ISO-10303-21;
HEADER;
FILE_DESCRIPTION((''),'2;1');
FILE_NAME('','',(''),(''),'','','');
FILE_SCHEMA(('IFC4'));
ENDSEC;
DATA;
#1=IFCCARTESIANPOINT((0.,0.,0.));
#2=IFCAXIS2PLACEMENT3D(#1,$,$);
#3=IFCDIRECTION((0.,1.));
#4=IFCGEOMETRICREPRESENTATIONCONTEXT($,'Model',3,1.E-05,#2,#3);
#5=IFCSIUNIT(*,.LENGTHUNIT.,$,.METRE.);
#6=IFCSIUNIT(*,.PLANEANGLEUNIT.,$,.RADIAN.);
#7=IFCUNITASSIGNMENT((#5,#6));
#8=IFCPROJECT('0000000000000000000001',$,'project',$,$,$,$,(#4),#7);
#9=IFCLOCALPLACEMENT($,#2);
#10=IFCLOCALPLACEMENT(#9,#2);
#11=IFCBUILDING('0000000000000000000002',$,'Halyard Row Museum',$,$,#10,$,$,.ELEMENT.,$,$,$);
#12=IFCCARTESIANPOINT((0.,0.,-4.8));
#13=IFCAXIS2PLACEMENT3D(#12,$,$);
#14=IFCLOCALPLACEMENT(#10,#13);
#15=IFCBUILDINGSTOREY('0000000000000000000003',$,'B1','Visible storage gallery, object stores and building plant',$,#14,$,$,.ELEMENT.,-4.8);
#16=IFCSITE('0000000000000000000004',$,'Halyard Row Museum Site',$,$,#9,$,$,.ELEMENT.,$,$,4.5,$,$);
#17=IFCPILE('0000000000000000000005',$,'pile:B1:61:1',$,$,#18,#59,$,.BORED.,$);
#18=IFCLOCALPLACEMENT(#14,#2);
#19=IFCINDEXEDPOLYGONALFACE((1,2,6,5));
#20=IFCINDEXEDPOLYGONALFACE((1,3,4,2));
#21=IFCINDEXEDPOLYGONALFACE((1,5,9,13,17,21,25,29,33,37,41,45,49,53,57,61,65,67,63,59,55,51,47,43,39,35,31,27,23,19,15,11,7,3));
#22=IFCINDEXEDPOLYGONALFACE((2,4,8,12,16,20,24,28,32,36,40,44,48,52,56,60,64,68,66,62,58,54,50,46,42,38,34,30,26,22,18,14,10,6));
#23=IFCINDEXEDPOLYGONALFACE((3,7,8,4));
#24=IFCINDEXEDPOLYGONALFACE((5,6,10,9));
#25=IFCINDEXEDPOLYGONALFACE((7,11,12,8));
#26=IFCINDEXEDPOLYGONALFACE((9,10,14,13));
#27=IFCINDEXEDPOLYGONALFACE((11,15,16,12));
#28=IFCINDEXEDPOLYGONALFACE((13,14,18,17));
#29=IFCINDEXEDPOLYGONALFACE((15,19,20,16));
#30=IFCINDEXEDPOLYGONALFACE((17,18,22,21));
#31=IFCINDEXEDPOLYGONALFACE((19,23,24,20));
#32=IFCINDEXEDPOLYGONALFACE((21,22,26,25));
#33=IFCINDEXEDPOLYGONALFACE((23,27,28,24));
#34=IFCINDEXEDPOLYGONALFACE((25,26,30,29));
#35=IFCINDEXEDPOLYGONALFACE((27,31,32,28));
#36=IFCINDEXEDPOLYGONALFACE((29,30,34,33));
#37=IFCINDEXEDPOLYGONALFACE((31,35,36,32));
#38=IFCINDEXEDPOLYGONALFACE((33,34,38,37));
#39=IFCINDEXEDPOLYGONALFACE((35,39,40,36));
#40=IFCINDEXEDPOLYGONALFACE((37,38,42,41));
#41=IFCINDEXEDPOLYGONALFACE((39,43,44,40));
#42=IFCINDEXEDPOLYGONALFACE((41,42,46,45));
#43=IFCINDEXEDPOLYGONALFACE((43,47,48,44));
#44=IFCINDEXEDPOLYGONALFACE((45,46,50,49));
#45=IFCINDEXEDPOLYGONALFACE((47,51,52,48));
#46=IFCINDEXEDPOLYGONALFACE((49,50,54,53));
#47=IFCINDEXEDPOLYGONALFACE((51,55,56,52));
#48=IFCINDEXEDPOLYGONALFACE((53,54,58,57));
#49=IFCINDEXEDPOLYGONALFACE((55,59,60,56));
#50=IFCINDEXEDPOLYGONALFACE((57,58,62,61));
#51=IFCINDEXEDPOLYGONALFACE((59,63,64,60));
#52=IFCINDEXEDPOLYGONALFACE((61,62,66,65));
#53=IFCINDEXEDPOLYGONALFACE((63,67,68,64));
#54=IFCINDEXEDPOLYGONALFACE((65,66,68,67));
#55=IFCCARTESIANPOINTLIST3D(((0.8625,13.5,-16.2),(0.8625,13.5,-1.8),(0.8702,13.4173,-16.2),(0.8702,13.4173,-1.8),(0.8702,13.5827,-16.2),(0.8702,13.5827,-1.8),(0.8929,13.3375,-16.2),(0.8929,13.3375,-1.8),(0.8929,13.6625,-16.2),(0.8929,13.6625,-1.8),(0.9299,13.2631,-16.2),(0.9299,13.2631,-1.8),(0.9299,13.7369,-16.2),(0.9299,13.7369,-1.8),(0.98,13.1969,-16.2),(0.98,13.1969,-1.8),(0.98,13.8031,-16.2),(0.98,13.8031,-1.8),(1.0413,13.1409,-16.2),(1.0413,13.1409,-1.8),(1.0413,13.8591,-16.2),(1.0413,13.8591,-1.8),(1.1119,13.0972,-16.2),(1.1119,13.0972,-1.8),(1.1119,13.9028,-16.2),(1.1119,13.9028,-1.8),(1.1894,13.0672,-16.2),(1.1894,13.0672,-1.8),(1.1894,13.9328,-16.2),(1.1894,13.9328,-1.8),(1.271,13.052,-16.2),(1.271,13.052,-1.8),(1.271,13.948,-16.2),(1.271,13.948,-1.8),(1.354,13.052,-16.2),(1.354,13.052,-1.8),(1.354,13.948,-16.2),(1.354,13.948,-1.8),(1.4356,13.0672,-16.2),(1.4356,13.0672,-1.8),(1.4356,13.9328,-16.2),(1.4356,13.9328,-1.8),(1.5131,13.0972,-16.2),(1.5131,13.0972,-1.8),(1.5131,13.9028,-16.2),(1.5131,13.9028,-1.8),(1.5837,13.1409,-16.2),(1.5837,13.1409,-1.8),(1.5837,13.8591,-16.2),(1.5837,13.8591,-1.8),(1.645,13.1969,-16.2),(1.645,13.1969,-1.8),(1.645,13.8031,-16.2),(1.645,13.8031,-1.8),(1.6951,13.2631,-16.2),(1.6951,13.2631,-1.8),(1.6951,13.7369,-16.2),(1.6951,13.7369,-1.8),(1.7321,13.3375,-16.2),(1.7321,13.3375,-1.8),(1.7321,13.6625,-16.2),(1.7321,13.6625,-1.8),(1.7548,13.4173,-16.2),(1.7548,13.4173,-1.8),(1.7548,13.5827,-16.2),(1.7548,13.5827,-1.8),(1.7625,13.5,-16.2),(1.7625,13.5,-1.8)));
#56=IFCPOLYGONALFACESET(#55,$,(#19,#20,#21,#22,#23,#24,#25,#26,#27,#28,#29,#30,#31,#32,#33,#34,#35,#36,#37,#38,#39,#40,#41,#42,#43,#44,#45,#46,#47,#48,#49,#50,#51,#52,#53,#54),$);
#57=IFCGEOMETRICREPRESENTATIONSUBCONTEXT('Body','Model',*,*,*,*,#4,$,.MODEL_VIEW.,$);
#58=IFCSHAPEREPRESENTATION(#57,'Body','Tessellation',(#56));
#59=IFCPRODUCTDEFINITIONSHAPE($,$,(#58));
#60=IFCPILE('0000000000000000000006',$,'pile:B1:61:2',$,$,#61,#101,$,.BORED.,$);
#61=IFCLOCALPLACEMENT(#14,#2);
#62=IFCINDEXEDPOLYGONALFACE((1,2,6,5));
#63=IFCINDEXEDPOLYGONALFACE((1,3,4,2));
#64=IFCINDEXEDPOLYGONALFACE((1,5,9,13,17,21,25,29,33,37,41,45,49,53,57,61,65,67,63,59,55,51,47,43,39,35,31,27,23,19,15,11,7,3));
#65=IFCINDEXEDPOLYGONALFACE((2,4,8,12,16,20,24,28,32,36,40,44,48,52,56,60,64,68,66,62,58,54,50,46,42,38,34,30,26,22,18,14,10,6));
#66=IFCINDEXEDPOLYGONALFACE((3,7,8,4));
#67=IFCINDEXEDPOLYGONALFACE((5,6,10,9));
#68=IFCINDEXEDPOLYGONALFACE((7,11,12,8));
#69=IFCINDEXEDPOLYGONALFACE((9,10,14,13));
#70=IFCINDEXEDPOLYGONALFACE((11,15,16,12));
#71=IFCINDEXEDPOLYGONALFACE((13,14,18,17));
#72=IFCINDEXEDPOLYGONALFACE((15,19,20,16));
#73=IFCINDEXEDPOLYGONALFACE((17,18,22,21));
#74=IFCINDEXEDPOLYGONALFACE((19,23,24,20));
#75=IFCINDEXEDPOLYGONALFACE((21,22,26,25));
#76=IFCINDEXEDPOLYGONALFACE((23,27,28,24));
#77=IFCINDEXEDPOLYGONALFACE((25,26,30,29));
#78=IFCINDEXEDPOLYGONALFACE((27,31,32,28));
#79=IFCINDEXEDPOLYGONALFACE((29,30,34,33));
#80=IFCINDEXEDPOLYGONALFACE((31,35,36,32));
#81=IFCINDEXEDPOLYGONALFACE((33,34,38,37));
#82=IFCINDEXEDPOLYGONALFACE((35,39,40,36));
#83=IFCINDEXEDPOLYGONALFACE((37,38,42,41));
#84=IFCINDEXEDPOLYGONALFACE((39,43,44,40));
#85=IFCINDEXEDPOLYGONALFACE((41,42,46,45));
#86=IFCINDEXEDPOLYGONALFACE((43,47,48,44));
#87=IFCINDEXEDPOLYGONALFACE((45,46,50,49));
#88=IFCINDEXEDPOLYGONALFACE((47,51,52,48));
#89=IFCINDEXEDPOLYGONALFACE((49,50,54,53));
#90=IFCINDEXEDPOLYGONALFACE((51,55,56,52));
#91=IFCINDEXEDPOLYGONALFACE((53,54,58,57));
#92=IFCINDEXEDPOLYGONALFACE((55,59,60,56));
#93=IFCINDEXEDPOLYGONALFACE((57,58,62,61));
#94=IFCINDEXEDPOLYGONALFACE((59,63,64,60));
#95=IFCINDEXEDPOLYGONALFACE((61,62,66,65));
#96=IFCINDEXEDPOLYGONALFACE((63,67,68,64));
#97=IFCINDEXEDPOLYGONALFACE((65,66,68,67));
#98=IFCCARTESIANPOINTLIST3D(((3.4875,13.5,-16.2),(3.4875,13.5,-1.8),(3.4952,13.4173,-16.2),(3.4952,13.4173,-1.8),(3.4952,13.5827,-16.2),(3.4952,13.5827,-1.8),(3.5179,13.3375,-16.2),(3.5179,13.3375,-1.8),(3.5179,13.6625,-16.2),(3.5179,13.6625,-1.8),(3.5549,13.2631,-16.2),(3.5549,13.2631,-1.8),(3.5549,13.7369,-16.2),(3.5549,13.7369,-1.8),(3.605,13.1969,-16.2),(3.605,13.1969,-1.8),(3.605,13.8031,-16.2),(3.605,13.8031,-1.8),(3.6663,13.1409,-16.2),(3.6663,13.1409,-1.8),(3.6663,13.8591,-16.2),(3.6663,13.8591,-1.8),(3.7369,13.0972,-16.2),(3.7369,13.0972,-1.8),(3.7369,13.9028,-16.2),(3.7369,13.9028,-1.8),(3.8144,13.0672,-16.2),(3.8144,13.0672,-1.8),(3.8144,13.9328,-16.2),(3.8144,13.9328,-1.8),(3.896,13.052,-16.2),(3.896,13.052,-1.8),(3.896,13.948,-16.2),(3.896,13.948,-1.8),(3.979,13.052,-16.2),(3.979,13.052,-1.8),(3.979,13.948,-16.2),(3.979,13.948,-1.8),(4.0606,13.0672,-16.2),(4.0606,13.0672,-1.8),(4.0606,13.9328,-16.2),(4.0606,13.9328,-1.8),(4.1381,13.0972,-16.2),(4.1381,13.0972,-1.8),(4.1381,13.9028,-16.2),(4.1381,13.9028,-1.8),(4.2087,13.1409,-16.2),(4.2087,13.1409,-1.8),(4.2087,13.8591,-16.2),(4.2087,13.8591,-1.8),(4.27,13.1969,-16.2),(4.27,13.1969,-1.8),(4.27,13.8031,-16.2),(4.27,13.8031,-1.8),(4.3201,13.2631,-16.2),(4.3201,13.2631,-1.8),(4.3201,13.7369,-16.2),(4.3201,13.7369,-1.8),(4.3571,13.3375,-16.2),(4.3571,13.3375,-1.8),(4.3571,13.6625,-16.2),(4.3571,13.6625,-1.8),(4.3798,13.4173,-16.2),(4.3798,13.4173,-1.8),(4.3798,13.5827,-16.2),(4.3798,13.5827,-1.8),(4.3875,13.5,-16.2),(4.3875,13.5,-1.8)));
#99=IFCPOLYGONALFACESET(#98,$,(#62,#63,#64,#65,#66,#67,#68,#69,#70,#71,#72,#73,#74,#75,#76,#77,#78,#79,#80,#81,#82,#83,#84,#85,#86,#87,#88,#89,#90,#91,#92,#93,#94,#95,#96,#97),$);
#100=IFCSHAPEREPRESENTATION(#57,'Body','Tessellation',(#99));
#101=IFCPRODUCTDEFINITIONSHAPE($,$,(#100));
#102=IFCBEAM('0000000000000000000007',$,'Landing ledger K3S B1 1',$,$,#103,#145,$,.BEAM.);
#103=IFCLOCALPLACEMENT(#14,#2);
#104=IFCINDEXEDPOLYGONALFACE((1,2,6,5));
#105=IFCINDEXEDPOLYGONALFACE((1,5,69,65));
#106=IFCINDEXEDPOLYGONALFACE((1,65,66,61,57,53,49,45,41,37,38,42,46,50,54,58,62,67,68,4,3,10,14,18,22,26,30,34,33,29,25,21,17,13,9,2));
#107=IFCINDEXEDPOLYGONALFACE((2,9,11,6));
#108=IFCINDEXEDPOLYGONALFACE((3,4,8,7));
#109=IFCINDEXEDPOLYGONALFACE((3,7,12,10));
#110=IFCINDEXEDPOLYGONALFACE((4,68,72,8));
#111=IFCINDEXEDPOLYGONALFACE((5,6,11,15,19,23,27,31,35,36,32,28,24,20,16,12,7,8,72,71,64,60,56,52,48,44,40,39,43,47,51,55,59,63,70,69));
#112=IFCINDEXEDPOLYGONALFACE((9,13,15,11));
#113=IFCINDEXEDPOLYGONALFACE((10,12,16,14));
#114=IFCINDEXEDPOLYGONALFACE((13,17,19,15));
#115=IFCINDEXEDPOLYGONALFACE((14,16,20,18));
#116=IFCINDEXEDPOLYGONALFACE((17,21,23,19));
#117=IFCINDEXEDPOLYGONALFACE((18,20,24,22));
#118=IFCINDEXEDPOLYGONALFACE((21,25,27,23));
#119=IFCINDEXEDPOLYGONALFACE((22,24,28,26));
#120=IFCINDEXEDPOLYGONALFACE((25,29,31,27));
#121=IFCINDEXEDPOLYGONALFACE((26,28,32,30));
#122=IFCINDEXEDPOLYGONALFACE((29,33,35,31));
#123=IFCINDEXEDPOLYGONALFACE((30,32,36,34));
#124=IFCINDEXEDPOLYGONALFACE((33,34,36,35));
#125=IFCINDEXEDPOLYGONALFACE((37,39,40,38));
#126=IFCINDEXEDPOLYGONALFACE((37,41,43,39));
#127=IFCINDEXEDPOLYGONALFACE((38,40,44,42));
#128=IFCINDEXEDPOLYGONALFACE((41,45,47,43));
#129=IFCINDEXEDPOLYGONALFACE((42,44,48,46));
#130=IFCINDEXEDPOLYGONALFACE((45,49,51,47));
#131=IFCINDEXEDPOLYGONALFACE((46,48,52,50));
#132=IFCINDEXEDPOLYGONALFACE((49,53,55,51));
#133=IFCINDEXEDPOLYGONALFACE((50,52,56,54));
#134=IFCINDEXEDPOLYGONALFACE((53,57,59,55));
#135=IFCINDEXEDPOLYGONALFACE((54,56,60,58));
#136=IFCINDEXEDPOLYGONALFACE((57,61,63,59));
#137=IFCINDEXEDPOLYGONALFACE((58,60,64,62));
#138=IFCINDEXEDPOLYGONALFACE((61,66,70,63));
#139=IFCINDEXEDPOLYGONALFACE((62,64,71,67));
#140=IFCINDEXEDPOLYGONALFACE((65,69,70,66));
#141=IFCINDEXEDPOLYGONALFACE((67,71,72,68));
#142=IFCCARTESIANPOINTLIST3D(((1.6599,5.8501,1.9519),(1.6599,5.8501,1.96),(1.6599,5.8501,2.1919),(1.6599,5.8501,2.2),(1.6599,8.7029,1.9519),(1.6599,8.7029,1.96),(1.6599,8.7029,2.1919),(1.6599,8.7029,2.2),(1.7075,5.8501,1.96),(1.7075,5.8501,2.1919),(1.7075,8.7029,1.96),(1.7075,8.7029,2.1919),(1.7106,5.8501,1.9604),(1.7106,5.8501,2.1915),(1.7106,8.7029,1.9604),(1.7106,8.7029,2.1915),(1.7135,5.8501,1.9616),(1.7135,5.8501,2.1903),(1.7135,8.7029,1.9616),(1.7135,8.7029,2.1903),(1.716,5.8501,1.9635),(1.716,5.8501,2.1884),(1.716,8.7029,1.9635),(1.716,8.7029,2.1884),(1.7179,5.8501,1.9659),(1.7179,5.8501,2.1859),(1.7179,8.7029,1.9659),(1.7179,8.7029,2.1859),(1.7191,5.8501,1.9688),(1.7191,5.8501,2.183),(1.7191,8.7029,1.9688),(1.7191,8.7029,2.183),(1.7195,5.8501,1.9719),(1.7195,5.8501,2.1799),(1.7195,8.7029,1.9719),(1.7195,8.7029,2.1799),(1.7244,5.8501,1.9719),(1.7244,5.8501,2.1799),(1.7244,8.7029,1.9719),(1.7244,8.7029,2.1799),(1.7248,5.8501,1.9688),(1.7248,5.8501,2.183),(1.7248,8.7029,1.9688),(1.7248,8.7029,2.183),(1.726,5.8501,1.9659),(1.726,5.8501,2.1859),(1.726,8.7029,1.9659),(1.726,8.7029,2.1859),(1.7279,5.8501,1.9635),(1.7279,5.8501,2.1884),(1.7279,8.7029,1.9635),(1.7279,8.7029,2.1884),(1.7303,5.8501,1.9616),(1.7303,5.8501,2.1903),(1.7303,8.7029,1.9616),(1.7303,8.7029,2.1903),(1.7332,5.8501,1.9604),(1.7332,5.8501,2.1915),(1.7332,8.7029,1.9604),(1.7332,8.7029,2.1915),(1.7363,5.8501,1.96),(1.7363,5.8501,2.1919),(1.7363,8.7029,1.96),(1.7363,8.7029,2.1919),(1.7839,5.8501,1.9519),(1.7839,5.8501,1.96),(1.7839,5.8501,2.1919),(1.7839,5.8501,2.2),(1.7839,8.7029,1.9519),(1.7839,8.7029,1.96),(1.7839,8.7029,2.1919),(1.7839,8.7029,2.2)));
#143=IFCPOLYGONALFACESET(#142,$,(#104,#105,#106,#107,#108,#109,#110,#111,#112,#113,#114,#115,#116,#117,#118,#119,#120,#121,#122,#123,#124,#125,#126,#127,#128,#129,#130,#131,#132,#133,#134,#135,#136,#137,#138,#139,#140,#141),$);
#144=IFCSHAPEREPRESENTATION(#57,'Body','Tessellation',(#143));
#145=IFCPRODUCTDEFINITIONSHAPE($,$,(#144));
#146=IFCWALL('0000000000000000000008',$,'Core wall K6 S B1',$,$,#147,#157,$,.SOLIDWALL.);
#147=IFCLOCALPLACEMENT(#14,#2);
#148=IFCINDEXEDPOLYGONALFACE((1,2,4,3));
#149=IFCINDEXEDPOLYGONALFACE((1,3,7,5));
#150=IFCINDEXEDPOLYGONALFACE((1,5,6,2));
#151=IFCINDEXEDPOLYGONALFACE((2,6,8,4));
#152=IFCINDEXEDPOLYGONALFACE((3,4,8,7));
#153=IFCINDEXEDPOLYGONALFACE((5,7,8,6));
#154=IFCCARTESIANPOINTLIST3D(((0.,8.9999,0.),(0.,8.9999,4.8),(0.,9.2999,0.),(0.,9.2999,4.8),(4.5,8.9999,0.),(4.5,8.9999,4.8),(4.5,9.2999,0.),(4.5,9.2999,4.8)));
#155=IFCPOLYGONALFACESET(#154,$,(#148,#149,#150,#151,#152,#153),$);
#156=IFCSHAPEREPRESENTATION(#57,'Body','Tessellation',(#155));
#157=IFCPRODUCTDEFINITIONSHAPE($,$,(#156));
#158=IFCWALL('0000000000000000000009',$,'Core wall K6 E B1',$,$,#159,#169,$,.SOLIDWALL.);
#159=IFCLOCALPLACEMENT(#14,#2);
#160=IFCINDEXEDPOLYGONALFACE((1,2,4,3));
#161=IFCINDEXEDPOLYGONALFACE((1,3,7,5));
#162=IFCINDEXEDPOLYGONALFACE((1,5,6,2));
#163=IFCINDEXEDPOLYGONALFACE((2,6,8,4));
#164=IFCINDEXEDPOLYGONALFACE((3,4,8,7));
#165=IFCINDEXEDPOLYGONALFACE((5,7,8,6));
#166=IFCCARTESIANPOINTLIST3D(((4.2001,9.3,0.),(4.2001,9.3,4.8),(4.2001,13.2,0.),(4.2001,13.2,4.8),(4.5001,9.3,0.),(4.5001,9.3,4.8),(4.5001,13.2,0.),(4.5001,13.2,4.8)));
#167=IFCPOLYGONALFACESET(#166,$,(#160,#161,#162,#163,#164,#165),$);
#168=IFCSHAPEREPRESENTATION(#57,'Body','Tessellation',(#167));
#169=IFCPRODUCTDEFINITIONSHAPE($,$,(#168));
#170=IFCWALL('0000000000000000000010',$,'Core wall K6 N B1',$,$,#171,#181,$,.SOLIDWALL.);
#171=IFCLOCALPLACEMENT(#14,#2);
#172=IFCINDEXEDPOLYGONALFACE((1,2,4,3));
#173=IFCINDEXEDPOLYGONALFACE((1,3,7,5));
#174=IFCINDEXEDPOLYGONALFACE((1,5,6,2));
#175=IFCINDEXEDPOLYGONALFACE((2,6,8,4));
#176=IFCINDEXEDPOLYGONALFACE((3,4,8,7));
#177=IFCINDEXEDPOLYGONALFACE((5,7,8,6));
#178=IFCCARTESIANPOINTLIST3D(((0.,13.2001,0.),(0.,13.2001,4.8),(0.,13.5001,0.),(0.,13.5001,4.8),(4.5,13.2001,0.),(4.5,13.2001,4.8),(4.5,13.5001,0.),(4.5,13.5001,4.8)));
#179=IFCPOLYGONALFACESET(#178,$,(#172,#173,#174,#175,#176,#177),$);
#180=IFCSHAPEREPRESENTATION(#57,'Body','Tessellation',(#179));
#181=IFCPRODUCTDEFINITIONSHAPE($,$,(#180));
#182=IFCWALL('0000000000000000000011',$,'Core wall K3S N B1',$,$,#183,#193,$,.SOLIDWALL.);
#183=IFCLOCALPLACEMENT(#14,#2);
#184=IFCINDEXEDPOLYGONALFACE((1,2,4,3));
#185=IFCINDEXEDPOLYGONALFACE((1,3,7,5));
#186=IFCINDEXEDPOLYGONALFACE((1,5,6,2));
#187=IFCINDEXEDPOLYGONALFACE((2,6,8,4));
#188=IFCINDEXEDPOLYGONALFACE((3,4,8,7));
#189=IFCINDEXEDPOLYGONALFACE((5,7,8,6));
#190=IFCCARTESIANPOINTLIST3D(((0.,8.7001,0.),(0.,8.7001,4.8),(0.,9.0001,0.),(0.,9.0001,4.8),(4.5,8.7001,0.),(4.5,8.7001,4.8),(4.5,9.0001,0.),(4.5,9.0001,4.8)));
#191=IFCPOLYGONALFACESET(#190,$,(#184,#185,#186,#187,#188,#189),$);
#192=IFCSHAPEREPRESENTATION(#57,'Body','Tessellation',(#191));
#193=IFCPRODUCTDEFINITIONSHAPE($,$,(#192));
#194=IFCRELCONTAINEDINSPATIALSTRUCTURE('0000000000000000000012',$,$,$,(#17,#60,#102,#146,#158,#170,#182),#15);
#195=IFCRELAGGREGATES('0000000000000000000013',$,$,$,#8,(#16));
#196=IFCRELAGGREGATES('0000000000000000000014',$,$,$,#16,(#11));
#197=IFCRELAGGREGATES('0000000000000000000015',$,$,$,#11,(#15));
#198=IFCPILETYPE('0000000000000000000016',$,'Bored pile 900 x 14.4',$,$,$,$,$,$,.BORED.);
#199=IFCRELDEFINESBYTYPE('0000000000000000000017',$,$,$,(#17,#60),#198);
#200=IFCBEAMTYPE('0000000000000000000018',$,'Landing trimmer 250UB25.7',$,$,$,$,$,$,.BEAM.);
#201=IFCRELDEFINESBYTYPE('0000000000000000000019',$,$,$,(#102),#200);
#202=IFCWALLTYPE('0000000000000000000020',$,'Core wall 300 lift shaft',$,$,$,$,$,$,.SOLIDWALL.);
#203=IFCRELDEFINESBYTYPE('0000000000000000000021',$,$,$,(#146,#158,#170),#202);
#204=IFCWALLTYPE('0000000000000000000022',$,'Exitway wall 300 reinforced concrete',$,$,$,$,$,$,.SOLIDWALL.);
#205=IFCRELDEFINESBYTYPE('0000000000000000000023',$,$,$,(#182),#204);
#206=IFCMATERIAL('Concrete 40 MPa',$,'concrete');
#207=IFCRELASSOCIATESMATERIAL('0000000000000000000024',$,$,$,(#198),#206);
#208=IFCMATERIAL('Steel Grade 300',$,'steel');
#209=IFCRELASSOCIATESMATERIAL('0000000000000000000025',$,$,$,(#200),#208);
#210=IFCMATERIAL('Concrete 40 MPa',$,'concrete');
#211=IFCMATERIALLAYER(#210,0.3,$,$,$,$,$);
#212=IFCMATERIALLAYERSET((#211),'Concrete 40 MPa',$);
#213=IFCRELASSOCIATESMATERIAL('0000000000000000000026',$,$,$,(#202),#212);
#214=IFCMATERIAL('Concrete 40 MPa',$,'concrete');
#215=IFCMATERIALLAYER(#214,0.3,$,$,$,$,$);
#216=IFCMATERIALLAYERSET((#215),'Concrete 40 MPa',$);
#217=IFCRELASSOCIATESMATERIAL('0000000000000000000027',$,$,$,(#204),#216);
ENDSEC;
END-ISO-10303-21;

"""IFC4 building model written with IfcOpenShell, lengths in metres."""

from ifc_helpers import new_model, si_unit, direction, frame, frame_2d, origin, origin_2d, place, context, subcontext, project, spatial, rectangle, circle, i_section, extrude, material, layer, layer_set, material_profile, profile_set, type_object, element, save


model = new_model("IFC4")

# Units and contexts
model_context = context("Model", 3, precision=1e-05, world=origin(), true_north=direction((0.0, 1.0)))
body_context = subcontext(model_context, "Body", "Model", "MODEL_VIEW")
ifc_project = project(units=[si_unit("LENGTHUNIT", "METRE"), si_unit("PLANEANGLEUNIT", "RADIAN")], contexts=[model_context])

# Site, building, storey
site_placement = place(None, origin())
site = spatial("IfcSite", under=ifc_project, at=site_placement, Name="Halyard Row Museum Site", CompositionType="ELEMENT", RefElevation=4.5)
building_placement = place(site_placement, origin())
building = spatial("IfcBuilding", under=site, at=building_placement, Name="Halyard Row Museum", CompositionType="ELEMENT")
storey_placement = place(building_placement, frame((0.0, 0.0, -4.8)))
storey = spatial("IfcBuildingStorey", under=building, at=storey_placement, Name="B1", Description="Visible storage gallery, object stores and building plant", CompositionType="ELEMENT", Elevation=-4.8)

# Piles
ifc_material_1 = material(Name="Concrete 40 MPa", Category="concrete")
ifc_material_profile_1 = material_profile(ifc_material_1, circle(Radius=0.45, at=origin_2d()), Name="Bored pile 900 x 14.4")
ifc_profile_set_1 = profile_set([ifc_material_profile_1], Name="Concrete 40 MPa")
pile_type = type_object("IfcPileType", Name="Bored pile 900 x 14.4", PredefinedType="BORED", material=ifc_profile_set_1)
for number, where, z_axis, x_axis, name in (
    (1, (1.3125, 13.5, -1.8), (0.0, 0.0, -1.0), (1.0, 0.0, 0.0), "pile:B1:61:1"),
    (2, (3.9375, 13.5, -1.8), (0.0, 0.0, -1.0), (1.0, 0.0, 0.0), "pile:B1:61:2"),
):
    element("IfcPile", number, at=place(storey_placement, frame(where, z_axis=z_axis, x_axis=x_axis)), inside=storey, type_object=pile_type, Name=name, PredefinedType="BORED", context=body_context, shape_type="SweptSolid", body=[
        extrude(circle(Radius=0.45, at=origin_2d()), origin(), (0.0, 0.0, 1.0), 14.3999),
    ])

# Beam
ifc_material_2 = material(Name="Steel Grade 300", Category="steel")
ifc_material_profile_2 = material_profile(ifc_material_2, i_section(OverallWidth=0.124, OverallDepth=0.248, WebThickness=0.0049, FlangeThickness=0.0081, FilletRadius=0.012, at=origin_2d()), Name="250UB25.7")
ifc_profile_set_2 = profile_set([ifc_material_profile_2], Name="Steel Grade 300")
beam_type = type_object("IfcBeamType", Name="Landing trimmer 250UB25.7", PredefinedType="BEAM", material=ifc_profile_set_2)
beam_placement = place(storey_placement, frame((1.7219, 8.7029, 2.0759), z_axis=(0.0, -1.0, 0.0), x_axis=(1.0, 0.0, 0.0)))
element("IfcBeam", 3, at=beam_placement, inside=storey, type_object=beam_type, Name="Landing ledger K3S B1 1", PredefinedType="BEAM", context=body_context, shape_type="SweptSolid", body=[
    extrude(i_section(OverallWidth=0.124, OverallDepth=0.248, WebThickness=0.0049, FlangeThickness=0.0081, FilletRadius=0.012, at=origin_2d()), origin(), (0.0, 0.0, 1.0), 2.8528),
])

# Walls
ifc_material_3 = material(Name="Concrete 40 MPa", Category="concrete")
ifc_layer_1 = layer(ifc_material_3, 0.3)
ifc_layer_set_1 = layer_set([ifc_layer_1], Name="Concrete 40 MPa")
wall_type_1 = type_object("IfcWallType", Name="Core wall 300 lift shaft", PredefinedType="SOLIDWALL", material=ifc_layer_set_1)
wall_1_placement = place(storey_placement, frame((0.0, 9.1499, 0.0), z_axis=(0.0, 0.0, 1.0), x_axis=(1.0, 0.0, 0.0)))
element("IfcWall", 4, at=wall_1_placement, inside=storey, type_object=wall_type_1, Name="Core wall K6 S B1", PredefinedType="SOLIDWALL", context=body_context, shape_type="SweptSolid", body=[
    extrude(rectangle(XDim=4.5, YDim=0.3, at=frame_2d((2.25, 0.0))), origin(), (0.0, 0.0, 1.0), 4.8),
])
wall_2_placement = place(storey_placement, frame((4.3501, 9.3, 0.0), z_axis=(0.0, 0.0, 1.0), x_axis=(0.0, 1.0, 0.0)))
element("IfcWall", 5, at=wall_2_placement, inside=storey, type_object=wall_type_1, Name="Core wall K6 E B1", PredefinedType="SOLIDWALL", context=body_context, shape_type="SweptSolid", body=[
    extrude(rectangle(XDim=3.8999, YDim=0.3, at=frame_2d((1.95, 0.0))), origin(), (0.0, 0.0, 1.0), 4.8),
])
wall_3_placement = place(storey_placement, frame((0.0, 13.3501, 0.0), z_axis=(0.0, 0.0, 1.0), x_axis=(1.0, 0.0, 0.0)))
element("IfcWall", 6, at=wall_3_placement, inside=storey, type_object=wall_type_1, Name="Core wall K6 N B1", PredefinedType="SOLIDWALL", context=body_context, shape_type="SweptSolid", body=[
    extrude(rectangle(XDim=4.5, YDim=0.3, at=frame_2d((2.25, 0.0))), origin(), (0.0, 0.0, 1.0), 4.8),
])
ifc_material_4 = material(Name="Concrete 40 MPa", Category="concrete")
ifc_layer_2 = layer(ifc_material_4, 0.3)
ifc_layer_set_2 = layer_set([ifc_layer_2], Name="Concrete 40 MPa")
wall_type_2 = type_object("IfcWallType", Name="Exitway wall 300 reinforced concrete", PredefinedType="SOLIDWALL", material=ifc_layer_set_2)
wall_4_placement = place(storey_placement, frame((0.0, 8.8501, 0.0), z_axis=(0.0, 0.0, 1.0), x_axis=(1.0, 0.0, 0.0)))
element("IfcWall", 7, at=wall_4_placement, inside=storey, type_object=wall_type_2, Name="Core wall K3S N B1", PredefinedType="SOLIDWALL", context=body_context, shape_type="SweptSolid", body=[
    extrude(rectangle(XDim=4.5, YDim=0.3, at=frame_2d((2.25, 0.0))), origin(), (0.0, 0.0, 1.0), 4.8),
])

save(model, "model.ifc")
